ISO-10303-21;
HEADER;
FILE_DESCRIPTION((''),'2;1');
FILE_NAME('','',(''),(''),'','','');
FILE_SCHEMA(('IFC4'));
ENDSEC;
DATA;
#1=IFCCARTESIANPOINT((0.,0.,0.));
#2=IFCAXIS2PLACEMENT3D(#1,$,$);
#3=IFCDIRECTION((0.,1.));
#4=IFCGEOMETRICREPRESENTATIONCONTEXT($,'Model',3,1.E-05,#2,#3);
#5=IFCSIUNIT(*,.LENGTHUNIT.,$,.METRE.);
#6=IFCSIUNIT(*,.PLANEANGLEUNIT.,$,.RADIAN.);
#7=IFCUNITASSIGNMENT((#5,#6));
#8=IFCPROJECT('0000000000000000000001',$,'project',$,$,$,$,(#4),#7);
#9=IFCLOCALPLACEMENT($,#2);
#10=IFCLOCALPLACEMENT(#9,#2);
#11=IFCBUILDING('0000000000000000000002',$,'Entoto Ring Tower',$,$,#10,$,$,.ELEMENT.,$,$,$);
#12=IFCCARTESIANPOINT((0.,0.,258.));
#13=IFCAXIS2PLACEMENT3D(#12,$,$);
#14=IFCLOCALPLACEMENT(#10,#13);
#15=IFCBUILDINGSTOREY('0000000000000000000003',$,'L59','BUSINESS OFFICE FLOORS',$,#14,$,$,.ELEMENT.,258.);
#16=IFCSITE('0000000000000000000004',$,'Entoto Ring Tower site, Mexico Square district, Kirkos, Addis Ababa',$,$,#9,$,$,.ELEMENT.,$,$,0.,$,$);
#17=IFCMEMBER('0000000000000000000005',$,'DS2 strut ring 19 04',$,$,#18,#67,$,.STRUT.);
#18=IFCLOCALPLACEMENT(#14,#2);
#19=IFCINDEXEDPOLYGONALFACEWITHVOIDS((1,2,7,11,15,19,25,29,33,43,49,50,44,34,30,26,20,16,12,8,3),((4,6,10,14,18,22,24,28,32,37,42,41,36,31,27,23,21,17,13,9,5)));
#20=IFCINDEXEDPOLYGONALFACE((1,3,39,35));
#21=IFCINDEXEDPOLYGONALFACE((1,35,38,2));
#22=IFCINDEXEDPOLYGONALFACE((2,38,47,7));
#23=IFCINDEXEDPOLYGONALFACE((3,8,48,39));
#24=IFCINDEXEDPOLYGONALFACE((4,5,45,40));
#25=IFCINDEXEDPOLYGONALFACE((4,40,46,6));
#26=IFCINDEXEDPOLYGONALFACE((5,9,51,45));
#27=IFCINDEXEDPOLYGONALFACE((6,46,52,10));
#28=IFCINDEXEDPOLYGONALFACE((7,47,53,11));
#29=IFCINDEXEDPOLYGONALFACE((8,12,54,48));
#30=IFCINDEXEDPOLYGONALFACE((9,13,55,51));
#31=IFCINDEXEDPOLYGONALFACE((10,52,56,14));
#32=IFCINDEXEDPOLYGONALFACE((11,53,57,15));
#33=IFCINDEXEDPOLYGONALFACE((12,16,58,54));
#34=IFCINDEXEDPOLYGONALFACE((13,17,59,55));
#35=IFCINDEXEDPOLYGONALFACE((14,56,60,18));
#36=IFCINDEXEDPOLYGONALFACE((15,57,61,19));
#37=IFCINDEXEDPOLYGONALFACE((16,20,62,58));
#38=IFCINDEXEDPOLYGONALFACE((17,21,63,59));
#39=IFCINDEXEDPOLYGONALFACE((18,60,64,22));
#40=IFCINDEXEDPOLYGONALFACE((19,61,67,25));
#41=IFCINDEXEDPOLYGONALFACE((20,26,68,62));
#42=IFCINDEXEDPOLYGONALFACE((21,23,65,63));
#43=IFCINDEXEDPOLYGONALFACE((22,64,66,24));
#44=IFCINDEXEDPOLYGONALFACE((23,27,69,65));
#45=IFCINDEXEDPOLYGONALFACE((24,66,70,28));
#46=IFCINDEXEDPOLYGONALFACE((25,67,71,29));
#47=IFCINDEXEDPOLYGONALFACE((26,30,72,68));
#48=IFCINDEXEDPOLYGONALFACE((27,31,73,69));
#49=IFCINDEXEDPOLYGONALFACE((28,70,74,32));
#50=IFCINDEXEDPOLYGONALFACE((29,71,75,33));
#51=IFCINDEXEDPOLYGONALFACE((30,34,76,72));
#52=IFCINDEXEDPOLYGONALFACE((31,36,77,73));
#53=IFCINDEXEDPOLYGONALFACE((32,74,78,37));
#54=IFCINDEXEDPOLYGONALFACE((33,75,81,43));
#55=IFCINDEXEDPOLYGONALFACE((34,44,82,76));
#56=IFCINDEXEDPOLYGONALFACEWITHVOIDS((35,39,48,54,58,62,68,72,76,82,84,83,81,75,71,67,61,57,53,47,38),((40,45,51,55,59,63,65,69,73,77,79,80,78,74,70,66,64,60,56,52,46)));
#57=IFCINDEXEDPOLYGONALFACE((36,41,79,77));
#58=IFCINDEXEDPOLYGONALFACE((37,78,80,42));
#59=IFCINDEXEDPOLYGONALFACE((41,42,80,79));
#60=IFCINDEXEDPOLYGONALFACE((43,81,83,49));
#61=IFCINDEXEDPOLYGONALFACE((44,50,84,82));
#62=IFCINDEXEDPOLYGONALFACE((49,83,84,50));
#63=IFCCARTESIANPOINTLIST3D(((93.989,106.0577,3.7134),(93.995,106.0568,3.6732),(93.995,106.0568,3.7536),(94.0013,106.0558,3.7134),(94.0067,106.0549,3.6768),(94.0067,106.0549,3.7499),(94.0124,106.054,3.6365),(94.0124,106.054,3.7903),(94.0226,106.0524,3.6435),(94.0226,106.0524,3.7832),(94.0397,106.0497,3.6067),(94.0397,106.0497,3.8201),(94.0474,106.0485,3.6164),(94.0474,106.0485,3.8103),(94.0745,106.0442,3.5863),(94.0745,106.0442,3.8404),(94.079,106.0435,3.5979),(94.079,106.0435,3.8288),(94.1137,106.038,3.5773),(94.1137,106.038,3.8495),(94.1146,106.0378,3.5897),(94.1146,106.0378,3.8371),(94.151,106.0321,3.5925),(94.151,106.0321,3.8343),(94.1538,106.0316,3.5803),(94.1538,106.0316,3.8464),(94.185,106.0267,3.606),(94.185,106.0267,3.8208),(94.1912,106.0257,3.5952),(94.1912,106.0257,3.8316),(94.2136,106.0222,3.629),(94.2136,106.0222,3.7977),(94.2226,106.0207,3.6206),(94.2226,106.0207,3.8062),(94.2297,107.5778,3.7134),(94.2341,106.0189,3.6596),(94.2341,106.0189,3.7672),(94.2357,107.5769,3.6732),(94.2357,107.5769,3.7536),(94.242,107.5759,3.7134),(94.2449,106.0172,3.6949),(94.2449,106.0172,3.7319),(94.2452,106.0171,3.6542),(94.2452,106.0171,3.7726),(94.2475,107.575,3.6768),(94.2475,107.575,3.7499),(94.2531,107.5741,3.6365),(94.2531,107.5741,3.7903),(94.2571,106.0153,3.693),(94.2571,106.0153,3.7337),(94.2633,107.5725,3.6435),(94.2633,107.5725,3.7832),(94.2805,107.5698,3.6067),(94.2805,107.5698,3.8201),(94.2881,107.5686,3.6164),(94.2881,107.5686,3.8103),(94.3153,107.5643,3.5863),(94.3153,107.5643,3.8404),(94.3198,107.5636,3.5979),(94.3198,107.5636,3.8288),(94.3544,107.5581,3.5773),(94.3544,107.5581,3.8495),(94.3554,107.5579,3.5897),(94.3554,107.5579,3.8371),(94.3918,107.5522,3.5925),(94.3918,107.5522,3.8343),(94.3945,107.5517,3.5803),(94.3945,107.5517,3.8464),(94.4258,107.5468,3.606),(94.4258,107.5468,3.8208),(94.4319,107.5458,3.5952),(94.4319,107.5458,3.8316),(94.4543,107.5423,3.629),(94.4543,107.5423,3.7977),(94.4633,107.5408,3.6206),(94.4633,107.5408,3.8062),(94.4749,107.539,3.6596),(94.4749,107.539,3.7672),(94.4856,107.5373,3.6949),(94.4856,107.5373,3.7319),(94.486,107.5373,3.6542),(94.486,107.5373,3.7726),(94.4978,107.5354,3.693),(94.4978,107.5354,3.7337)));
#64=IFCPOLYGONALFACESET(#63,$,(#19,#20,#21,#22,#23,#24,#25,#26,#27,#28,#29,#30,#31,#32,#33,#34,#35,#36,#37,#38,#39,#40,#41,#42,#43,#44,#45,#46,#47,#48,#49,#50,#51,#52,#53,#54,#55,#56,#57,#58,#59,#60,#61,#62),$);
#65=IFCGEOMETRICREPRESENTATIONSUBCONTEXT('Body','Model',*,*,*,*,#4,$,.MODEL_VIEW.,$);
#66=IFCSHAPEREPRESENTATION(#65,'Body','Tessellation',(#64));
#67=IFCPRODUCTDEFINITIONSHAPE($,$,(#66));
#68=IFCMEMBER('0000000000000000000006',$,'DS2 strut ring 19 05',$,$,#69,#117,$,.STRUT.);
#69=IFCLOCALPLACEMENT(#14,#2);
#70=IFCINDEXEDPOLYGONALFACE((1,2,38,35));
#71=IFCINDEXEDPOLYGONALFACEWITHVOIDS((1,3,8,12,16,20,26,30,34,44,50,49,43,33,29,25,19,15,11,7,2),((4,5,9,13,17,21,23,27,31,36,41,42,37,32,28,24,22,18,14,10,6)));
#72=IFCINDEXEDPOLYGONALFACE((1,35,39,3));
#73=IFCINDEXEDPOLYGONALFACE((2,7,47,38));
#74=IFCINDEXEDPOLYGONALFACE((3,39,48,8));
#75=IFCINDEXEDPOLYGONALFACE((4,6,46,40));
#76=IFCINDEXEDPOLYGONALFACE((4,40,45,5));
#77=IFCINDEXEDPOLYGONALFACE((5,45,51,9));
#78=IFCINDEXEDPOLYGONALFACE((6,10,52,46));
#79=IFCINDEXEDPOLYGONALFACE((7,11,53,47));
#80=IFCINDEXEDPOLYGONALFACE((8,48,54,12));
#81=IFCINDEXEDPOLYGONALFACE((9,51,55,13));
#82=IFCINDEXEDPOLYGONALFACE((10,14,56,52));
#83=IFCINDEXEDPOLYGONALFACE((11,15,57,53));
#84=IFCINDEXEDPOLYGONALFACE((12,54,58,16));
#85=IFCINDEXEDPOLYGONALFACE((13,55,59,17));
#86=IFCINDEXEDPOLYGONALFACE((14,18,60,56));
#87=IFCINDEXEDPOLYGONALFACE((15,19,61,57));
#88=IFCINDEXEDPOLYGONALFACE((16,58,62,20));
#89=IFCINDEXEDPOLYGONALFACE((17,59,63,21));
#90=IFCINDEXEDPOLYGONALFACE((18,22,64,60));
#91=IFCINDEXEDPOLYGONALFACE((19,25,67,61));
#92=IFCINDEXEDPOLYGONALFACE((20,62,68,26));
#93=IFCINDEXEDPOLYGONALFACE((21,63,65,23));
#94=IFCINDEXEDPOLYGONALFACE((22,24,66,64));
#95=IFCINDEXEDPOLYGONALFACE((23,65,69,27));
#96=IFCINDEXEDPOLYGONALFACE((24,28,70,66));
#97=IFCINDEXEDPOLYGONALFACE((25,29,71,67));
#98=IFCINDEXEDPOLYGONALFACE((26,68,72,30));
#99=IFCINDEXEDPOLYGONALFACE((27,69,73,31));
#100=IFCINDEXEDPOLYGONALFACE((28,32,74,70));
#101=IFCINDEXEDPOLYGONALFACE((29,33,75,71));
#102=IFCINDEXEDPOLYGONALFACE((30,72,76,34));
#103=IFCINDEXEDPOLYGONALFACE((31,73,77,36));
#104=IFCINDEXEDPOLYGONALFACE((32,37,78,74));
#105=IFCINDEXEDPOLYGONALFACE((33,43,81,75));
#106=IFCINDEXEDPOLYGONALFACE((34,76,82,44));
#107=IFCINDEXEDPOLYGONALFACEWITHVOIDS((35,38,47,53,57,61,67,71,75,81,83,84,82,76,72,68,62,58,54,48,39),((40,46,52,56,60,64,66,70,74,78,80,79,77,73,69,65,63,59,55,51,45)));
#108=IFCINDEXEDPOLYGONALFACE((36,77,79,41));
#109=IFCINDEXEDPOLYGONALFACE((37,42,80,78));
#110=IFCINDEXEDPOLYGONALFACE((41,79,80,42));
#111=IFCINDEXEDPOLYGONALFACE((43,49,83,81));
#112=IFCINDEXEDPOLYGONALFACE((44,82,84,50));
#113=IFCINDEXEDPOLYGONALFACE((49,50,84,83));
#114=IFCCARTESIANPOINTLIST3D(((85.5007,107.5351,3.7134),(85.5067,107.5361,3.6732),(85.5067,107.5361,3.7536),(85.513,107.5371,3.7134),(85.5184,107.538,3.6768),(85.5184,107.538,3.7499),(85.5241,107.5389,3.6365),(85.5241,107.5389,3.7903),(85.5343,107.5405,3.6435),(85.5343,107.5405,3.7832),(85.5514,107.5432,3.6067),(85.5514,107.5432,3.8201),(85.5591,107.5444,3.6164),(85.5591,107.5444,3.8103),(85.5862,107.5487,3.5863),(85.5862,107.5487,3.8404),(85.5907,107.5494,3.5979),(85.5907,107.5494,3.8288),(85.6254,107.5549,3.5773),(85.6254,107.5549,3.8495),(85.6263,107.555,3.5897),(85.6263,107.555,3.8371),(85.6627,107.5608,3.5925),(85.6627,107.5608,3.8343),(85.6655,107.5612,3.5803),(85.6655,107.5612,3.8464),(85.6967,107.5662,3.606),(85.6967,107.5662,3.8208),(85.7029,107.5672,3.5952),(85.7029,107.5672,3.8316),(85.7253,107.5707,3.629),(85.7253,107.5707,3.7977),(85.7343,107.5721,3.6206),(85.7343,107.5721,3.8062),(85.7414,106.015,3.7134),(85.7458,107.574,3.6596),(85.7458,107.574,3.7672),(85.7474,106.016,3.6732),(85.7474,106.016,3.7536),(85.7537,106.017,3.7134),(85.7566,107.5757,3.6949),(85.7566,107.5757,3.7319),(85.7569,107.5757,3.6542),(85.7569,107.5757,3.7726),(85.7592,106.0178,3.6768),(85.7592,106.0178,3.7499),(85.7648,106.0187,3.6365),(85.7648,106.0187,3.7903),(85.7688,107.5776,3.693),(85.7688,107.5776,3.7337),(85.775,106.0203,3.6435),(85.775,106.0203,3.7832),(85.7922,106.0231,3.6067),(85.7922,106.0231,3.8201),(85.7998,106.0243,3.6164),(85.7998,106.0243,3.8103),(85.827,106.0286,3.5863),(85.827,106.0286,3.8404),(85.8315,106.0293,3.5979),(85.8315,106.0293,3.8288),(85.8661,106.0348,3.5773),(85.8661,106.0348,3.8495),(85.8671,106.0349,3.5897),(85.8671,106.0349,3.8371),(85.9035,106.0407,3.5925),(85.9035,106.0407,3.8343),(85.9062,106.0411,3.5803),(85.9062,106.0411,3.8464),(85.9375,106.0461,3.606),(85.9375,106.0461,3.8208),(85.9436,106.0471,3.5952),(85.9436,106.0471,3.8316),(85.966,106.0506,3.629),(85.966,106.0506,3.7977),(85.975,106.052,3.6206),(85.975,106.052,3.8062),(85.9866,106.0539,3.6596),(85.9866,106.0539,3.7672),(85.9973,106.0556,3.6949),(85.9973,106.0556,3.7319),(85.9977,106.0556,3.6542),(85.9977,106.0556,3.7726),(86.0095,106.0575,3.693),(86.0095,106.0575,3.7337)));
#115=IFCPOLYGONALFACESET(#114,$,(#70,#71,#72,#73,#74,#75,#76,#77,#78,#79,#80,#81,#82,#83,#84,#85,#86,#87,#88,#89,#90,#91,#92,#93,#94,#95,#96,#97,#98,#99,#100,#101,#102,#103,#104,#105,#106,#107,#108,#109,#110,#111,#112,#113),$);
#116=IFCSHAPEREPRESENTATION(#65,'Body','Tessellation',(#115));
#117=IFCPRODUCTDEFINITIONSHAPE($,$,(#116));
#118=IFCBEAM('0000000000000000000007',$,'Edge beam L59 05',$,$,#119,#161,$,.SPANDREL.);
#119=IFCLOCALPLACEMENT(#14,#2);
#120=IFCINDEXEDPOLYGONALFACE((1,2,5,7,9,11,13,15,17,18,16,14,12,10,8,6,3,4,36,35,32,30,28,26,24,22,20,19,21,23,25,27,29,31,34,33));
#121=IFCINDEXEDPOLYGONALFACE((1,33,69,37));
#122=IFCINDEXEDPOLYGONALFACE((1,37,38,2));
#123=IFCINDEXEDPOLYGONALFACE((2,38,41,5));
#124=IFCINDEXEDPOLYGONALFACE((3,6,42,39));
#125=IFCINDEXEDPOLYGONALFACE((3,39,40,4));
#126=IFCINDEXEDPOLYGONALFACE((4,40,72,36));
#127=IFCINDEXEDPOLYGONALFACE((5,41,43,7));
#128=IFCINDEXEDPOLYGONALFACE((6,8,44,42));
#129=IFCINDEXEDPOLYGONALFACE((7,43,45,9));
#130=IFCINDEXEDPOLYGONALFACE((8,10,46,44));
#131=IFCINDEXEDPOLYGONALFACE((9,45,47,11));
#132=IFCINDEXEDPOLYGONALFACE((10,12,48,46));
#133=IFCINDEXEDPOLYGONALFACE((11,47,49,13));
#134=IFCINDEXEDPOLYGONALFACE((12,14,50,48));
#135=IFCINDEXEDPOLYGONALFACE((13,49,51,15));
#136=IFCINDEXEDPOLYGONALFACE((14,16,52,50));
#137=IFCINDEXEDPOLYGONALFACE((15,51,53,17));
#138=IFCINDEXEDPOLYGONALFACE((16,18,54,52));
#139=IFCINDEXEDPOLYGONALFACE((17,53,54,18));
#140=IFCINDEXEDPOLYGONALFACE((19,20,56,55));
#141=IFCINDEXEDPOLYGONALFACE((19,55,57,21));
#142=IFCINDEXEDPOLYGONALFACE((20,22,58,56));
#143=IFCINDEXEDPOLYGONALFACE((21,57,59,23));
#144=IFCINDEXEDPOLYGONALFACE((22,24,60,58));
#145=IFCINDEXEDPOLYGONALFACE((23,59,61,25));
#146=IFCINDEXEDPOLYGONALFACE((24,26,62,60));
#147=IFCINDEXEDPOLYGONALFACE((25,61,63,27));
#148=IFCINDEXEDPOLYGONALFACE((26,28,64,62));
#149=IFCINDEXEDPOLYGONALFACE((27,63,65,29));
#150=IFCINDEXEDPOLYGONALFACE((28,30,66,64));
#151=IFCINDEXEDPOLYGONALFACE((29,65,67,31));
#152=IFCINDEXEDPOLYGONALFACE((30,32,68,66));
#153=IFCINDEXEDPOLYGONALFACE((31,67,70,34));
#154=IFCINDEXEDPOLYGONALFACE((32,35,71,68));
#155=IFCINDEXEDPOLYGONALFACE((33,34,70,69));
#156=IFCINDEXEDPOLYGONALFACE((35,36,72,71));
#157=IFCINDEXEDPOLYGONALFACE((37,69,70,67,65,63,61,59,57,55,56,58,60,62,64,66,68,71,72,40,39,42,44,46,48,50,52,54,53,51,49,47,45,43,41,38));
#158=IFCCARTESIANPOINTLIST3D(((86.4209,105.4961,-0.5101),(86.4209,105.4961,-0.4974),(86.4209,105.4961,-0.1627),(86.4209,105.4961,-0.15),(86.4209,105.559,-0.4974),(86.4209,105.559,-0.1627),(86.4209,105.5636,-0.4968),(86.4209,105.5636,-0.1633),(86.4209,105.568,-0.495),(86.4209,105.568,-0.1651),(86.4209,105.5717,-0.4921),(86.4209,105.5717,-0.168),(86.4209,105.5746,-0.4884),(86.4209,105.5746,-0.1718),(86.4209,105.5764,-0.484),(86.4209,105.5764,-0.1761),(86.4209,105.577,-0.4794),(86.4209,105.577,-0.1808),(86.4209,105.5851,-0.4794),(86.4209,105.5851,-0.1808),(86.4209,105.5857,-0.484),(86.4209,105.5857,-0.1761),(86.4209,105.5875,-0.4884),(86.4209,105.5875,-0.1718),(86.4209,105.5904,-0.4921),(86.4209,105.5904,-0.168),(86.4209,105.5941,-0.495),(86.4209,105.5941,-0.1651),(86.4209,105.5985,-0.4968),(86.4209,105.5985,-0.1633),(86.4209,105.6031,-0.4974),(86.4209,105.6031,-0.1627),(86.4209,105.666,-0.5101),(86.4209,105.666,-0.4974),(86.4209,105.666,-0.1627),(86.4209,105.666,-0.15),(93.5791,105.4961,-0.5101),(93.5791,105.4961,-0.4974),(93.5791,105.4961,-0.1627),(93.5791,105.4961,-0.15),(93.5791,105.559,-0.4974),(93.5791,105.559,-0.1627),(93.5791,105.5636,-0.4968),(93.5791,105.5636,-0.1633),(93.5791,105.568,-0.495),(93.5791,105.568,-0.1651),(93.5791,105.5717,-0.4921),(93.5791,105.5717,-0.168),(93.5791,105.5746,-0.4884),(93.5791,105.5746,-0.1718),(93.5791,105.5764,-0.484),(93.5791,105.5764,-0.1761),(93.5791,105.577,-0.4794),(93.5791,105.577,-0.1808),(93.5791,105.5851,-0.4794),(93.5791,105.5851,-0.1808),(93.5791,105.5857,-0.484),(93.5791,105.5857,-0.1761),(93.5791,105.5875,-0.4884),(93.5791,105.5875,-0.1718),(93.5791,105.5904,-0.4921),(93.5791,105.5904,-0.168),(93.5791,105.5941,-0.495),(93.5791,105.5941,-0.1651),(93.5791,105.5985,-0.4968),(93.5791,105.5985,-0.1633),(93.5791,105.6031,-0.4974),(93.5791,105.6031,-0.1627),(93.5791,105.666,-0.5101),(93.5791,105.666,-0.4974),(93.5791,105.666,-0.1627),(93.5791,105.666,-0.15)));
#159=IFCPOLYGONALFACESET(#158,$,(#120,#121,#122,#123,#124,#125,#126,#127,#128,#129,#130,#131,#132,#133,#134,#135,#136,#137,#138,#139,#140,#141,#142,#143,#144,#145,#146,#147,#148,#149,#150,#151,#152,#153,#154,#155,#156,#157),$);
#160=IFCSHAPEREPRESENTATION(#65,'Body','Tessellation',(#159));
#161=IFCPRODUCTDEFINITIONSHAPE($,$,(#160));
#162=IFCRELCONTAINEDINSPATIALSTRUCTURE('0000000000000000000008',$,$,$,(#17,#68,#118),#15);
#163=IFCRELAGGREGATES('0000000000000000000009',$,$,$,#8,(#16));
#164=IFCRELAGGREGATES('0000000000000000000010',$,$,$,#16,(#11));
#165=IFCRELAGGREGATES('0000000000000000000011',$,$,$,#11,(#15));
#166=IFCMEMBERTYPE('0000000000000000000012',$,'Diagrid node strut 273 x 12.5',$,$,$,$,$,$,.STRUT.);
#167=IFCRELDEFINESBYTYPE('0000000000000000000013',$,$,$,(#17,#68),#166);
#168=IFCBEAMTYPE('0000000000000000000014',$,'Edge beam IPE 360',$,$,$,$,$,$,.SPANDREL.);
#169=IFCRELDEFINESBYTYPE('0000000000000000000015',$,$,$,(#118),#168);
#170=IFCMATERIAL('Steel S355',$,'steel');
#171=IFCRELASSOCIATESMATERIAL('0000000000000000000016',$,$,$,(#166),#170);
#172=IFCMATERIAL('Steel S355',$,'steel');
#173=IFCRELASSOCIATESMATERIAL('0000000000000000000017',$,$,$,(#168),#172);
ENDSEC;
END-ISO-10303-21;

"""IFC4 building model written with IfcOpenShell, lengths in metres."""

from ifc_helpers import new_model, si_unit, direction, frame, origin, origin_2d, place, context, subcontext, project, spatial, circle, hollow_circle, i_section, extrude, material, material_profile, profile_set, type_object, element, save


model = new_model("IFC4")

# Units and contexts
model_context = context("Model", 3, precision=1e-05, world=origin(), true_north=direction((0.0, 1.0)))
body_context = subcontext(model_context, "Body", "Model", "MODEL_VIEW")
ifc_project = project(units=[si_unit("LENGTHUNIT", "METRE"), si_unit("PLANEANGLEUNIT", "RADIAN")], contexts=[model_context])

# Site, building, storey
site_placement = place(None, origin())
site = spatial("IfcSite", under=ifc_project, at=site_placement, Name="Entoto Ring Tower site, Mexico Square district, Kirkos, Addis Ababa", CompositionType="ELEMENT", RefElevation=0.0)
building_placement = place(site_placement, origin())
building = spatial("IfcBuilding", under=site, at=building_placement, Name="Entoto Ring Tower", CompositionType="ELEMENT")
storey_placement = place(building_placement, frame((0.0, 0.0, 258.0)))
storey = spatial("IfcBuildingStorey", under=building, at=storey_placement, Name="L59", Description="BUSINESS OFFICE FLOORS", CompositionType="ELEMENT", Elevation=258.0)

# Members
ifc_material_1 = material(Name="Steel S355", Category="steel")
ifc_material_profile_1 = material_profile(ifc_material_1, hollow_circle(Radius=0.1365, WallThickness=0.0125, at=origin_2d()), Name="CHS 273 x 12.5")
ifc_material_2 = material(Name="Concrete C60/75", Category="concrete")
ifc_material_profile_2 = material_profile(ifc_material_2, circle(Radius=0.124, at=origin_2d()), Name="Concrete C60/75 infill")
ifc_profile_set_1 = profile_set([ifc_material_profile_1, ifc_material_profile_2], Name="Steel S355")
member_type = type_object("IfcMemberType", Name="Diagrid node strut 273 x 12.5", PredefinedType="STRUT", material=ifc_profile_set_1)
for number, where, z_axis, x_axis, name in (
    (1, (94.1238, 106.0364, 3.7134), (0.156419, 0.987691, 0.0), (-0.987691, 0.156419, 0.0), "DS2 strut ring 19 04"),
    (2, (85.8762, 106.0364, 3.7134), (-0.156419, 0.987691, 0.0), (-0.987691, -0.156419, 0.0), "DS2 strut ring 19 05"),
):
    element("IfcMember", number, at=place(storey_placement, frame(where, z_axis=z_axis, x_axis=x_axis)), inside=storey, type_object=member_type, Name=name, PredefinedType="STRUT", context=body_context, shape_type="SweptSolid", body=[
        extrude(hollow_circle(Radius=0.1365, WallThickness=0.0125, at=origin_2d()), origin(), (0.0, 0.0, 1.0), 1.5391),
    ])

# Beam
ifc_material_3 = material(Name="Steel S355", Category="steel")
ifc_material_profile_3 = material_profile(ifc_material_3, i_section(OverallWidth=0.1699, OverallDepth=0.3601, WebThickness=0.0081, FlangeThickness=0.0127, FilletRadius=0.0181, at=origin_2d()), Name="IPE 360")
ifc_profile_set_2 = profile_set([ifc_material_profile_3], Name="Steel S355")
beam_type_1 = type_object("IfcBeamType", Name="Edge beam IPE 360", PredefinedType="SPANDREL", material=ifc_profile_set_2)
beam_1_placement = place(storey_placement, frame((93.5791, 105.5811, -0.3301), z_axis=(-1.0, 0.0, 0.0), x_axis=(0.0, -1.0, 0.0)))
element("IfcBeam", 3, at=beam_1_placement, inside=storey, type_object=beam_type_1, Name="Edge beam L59 05", PredefinedType="SPANDREL", context=body_context, shape_type="SweptSolid", body=[
    extrude(i_section(OverallWidth=0.1699, OverallDepth=0.3601, WebThickness=0.0081, FlangeThickness=0.0127, FilletRadius=0.0181, at=origin_2d()), origin(), (0.0, 0.0, 1.0), 7.1582),
])

save(model, "model.ifc")
